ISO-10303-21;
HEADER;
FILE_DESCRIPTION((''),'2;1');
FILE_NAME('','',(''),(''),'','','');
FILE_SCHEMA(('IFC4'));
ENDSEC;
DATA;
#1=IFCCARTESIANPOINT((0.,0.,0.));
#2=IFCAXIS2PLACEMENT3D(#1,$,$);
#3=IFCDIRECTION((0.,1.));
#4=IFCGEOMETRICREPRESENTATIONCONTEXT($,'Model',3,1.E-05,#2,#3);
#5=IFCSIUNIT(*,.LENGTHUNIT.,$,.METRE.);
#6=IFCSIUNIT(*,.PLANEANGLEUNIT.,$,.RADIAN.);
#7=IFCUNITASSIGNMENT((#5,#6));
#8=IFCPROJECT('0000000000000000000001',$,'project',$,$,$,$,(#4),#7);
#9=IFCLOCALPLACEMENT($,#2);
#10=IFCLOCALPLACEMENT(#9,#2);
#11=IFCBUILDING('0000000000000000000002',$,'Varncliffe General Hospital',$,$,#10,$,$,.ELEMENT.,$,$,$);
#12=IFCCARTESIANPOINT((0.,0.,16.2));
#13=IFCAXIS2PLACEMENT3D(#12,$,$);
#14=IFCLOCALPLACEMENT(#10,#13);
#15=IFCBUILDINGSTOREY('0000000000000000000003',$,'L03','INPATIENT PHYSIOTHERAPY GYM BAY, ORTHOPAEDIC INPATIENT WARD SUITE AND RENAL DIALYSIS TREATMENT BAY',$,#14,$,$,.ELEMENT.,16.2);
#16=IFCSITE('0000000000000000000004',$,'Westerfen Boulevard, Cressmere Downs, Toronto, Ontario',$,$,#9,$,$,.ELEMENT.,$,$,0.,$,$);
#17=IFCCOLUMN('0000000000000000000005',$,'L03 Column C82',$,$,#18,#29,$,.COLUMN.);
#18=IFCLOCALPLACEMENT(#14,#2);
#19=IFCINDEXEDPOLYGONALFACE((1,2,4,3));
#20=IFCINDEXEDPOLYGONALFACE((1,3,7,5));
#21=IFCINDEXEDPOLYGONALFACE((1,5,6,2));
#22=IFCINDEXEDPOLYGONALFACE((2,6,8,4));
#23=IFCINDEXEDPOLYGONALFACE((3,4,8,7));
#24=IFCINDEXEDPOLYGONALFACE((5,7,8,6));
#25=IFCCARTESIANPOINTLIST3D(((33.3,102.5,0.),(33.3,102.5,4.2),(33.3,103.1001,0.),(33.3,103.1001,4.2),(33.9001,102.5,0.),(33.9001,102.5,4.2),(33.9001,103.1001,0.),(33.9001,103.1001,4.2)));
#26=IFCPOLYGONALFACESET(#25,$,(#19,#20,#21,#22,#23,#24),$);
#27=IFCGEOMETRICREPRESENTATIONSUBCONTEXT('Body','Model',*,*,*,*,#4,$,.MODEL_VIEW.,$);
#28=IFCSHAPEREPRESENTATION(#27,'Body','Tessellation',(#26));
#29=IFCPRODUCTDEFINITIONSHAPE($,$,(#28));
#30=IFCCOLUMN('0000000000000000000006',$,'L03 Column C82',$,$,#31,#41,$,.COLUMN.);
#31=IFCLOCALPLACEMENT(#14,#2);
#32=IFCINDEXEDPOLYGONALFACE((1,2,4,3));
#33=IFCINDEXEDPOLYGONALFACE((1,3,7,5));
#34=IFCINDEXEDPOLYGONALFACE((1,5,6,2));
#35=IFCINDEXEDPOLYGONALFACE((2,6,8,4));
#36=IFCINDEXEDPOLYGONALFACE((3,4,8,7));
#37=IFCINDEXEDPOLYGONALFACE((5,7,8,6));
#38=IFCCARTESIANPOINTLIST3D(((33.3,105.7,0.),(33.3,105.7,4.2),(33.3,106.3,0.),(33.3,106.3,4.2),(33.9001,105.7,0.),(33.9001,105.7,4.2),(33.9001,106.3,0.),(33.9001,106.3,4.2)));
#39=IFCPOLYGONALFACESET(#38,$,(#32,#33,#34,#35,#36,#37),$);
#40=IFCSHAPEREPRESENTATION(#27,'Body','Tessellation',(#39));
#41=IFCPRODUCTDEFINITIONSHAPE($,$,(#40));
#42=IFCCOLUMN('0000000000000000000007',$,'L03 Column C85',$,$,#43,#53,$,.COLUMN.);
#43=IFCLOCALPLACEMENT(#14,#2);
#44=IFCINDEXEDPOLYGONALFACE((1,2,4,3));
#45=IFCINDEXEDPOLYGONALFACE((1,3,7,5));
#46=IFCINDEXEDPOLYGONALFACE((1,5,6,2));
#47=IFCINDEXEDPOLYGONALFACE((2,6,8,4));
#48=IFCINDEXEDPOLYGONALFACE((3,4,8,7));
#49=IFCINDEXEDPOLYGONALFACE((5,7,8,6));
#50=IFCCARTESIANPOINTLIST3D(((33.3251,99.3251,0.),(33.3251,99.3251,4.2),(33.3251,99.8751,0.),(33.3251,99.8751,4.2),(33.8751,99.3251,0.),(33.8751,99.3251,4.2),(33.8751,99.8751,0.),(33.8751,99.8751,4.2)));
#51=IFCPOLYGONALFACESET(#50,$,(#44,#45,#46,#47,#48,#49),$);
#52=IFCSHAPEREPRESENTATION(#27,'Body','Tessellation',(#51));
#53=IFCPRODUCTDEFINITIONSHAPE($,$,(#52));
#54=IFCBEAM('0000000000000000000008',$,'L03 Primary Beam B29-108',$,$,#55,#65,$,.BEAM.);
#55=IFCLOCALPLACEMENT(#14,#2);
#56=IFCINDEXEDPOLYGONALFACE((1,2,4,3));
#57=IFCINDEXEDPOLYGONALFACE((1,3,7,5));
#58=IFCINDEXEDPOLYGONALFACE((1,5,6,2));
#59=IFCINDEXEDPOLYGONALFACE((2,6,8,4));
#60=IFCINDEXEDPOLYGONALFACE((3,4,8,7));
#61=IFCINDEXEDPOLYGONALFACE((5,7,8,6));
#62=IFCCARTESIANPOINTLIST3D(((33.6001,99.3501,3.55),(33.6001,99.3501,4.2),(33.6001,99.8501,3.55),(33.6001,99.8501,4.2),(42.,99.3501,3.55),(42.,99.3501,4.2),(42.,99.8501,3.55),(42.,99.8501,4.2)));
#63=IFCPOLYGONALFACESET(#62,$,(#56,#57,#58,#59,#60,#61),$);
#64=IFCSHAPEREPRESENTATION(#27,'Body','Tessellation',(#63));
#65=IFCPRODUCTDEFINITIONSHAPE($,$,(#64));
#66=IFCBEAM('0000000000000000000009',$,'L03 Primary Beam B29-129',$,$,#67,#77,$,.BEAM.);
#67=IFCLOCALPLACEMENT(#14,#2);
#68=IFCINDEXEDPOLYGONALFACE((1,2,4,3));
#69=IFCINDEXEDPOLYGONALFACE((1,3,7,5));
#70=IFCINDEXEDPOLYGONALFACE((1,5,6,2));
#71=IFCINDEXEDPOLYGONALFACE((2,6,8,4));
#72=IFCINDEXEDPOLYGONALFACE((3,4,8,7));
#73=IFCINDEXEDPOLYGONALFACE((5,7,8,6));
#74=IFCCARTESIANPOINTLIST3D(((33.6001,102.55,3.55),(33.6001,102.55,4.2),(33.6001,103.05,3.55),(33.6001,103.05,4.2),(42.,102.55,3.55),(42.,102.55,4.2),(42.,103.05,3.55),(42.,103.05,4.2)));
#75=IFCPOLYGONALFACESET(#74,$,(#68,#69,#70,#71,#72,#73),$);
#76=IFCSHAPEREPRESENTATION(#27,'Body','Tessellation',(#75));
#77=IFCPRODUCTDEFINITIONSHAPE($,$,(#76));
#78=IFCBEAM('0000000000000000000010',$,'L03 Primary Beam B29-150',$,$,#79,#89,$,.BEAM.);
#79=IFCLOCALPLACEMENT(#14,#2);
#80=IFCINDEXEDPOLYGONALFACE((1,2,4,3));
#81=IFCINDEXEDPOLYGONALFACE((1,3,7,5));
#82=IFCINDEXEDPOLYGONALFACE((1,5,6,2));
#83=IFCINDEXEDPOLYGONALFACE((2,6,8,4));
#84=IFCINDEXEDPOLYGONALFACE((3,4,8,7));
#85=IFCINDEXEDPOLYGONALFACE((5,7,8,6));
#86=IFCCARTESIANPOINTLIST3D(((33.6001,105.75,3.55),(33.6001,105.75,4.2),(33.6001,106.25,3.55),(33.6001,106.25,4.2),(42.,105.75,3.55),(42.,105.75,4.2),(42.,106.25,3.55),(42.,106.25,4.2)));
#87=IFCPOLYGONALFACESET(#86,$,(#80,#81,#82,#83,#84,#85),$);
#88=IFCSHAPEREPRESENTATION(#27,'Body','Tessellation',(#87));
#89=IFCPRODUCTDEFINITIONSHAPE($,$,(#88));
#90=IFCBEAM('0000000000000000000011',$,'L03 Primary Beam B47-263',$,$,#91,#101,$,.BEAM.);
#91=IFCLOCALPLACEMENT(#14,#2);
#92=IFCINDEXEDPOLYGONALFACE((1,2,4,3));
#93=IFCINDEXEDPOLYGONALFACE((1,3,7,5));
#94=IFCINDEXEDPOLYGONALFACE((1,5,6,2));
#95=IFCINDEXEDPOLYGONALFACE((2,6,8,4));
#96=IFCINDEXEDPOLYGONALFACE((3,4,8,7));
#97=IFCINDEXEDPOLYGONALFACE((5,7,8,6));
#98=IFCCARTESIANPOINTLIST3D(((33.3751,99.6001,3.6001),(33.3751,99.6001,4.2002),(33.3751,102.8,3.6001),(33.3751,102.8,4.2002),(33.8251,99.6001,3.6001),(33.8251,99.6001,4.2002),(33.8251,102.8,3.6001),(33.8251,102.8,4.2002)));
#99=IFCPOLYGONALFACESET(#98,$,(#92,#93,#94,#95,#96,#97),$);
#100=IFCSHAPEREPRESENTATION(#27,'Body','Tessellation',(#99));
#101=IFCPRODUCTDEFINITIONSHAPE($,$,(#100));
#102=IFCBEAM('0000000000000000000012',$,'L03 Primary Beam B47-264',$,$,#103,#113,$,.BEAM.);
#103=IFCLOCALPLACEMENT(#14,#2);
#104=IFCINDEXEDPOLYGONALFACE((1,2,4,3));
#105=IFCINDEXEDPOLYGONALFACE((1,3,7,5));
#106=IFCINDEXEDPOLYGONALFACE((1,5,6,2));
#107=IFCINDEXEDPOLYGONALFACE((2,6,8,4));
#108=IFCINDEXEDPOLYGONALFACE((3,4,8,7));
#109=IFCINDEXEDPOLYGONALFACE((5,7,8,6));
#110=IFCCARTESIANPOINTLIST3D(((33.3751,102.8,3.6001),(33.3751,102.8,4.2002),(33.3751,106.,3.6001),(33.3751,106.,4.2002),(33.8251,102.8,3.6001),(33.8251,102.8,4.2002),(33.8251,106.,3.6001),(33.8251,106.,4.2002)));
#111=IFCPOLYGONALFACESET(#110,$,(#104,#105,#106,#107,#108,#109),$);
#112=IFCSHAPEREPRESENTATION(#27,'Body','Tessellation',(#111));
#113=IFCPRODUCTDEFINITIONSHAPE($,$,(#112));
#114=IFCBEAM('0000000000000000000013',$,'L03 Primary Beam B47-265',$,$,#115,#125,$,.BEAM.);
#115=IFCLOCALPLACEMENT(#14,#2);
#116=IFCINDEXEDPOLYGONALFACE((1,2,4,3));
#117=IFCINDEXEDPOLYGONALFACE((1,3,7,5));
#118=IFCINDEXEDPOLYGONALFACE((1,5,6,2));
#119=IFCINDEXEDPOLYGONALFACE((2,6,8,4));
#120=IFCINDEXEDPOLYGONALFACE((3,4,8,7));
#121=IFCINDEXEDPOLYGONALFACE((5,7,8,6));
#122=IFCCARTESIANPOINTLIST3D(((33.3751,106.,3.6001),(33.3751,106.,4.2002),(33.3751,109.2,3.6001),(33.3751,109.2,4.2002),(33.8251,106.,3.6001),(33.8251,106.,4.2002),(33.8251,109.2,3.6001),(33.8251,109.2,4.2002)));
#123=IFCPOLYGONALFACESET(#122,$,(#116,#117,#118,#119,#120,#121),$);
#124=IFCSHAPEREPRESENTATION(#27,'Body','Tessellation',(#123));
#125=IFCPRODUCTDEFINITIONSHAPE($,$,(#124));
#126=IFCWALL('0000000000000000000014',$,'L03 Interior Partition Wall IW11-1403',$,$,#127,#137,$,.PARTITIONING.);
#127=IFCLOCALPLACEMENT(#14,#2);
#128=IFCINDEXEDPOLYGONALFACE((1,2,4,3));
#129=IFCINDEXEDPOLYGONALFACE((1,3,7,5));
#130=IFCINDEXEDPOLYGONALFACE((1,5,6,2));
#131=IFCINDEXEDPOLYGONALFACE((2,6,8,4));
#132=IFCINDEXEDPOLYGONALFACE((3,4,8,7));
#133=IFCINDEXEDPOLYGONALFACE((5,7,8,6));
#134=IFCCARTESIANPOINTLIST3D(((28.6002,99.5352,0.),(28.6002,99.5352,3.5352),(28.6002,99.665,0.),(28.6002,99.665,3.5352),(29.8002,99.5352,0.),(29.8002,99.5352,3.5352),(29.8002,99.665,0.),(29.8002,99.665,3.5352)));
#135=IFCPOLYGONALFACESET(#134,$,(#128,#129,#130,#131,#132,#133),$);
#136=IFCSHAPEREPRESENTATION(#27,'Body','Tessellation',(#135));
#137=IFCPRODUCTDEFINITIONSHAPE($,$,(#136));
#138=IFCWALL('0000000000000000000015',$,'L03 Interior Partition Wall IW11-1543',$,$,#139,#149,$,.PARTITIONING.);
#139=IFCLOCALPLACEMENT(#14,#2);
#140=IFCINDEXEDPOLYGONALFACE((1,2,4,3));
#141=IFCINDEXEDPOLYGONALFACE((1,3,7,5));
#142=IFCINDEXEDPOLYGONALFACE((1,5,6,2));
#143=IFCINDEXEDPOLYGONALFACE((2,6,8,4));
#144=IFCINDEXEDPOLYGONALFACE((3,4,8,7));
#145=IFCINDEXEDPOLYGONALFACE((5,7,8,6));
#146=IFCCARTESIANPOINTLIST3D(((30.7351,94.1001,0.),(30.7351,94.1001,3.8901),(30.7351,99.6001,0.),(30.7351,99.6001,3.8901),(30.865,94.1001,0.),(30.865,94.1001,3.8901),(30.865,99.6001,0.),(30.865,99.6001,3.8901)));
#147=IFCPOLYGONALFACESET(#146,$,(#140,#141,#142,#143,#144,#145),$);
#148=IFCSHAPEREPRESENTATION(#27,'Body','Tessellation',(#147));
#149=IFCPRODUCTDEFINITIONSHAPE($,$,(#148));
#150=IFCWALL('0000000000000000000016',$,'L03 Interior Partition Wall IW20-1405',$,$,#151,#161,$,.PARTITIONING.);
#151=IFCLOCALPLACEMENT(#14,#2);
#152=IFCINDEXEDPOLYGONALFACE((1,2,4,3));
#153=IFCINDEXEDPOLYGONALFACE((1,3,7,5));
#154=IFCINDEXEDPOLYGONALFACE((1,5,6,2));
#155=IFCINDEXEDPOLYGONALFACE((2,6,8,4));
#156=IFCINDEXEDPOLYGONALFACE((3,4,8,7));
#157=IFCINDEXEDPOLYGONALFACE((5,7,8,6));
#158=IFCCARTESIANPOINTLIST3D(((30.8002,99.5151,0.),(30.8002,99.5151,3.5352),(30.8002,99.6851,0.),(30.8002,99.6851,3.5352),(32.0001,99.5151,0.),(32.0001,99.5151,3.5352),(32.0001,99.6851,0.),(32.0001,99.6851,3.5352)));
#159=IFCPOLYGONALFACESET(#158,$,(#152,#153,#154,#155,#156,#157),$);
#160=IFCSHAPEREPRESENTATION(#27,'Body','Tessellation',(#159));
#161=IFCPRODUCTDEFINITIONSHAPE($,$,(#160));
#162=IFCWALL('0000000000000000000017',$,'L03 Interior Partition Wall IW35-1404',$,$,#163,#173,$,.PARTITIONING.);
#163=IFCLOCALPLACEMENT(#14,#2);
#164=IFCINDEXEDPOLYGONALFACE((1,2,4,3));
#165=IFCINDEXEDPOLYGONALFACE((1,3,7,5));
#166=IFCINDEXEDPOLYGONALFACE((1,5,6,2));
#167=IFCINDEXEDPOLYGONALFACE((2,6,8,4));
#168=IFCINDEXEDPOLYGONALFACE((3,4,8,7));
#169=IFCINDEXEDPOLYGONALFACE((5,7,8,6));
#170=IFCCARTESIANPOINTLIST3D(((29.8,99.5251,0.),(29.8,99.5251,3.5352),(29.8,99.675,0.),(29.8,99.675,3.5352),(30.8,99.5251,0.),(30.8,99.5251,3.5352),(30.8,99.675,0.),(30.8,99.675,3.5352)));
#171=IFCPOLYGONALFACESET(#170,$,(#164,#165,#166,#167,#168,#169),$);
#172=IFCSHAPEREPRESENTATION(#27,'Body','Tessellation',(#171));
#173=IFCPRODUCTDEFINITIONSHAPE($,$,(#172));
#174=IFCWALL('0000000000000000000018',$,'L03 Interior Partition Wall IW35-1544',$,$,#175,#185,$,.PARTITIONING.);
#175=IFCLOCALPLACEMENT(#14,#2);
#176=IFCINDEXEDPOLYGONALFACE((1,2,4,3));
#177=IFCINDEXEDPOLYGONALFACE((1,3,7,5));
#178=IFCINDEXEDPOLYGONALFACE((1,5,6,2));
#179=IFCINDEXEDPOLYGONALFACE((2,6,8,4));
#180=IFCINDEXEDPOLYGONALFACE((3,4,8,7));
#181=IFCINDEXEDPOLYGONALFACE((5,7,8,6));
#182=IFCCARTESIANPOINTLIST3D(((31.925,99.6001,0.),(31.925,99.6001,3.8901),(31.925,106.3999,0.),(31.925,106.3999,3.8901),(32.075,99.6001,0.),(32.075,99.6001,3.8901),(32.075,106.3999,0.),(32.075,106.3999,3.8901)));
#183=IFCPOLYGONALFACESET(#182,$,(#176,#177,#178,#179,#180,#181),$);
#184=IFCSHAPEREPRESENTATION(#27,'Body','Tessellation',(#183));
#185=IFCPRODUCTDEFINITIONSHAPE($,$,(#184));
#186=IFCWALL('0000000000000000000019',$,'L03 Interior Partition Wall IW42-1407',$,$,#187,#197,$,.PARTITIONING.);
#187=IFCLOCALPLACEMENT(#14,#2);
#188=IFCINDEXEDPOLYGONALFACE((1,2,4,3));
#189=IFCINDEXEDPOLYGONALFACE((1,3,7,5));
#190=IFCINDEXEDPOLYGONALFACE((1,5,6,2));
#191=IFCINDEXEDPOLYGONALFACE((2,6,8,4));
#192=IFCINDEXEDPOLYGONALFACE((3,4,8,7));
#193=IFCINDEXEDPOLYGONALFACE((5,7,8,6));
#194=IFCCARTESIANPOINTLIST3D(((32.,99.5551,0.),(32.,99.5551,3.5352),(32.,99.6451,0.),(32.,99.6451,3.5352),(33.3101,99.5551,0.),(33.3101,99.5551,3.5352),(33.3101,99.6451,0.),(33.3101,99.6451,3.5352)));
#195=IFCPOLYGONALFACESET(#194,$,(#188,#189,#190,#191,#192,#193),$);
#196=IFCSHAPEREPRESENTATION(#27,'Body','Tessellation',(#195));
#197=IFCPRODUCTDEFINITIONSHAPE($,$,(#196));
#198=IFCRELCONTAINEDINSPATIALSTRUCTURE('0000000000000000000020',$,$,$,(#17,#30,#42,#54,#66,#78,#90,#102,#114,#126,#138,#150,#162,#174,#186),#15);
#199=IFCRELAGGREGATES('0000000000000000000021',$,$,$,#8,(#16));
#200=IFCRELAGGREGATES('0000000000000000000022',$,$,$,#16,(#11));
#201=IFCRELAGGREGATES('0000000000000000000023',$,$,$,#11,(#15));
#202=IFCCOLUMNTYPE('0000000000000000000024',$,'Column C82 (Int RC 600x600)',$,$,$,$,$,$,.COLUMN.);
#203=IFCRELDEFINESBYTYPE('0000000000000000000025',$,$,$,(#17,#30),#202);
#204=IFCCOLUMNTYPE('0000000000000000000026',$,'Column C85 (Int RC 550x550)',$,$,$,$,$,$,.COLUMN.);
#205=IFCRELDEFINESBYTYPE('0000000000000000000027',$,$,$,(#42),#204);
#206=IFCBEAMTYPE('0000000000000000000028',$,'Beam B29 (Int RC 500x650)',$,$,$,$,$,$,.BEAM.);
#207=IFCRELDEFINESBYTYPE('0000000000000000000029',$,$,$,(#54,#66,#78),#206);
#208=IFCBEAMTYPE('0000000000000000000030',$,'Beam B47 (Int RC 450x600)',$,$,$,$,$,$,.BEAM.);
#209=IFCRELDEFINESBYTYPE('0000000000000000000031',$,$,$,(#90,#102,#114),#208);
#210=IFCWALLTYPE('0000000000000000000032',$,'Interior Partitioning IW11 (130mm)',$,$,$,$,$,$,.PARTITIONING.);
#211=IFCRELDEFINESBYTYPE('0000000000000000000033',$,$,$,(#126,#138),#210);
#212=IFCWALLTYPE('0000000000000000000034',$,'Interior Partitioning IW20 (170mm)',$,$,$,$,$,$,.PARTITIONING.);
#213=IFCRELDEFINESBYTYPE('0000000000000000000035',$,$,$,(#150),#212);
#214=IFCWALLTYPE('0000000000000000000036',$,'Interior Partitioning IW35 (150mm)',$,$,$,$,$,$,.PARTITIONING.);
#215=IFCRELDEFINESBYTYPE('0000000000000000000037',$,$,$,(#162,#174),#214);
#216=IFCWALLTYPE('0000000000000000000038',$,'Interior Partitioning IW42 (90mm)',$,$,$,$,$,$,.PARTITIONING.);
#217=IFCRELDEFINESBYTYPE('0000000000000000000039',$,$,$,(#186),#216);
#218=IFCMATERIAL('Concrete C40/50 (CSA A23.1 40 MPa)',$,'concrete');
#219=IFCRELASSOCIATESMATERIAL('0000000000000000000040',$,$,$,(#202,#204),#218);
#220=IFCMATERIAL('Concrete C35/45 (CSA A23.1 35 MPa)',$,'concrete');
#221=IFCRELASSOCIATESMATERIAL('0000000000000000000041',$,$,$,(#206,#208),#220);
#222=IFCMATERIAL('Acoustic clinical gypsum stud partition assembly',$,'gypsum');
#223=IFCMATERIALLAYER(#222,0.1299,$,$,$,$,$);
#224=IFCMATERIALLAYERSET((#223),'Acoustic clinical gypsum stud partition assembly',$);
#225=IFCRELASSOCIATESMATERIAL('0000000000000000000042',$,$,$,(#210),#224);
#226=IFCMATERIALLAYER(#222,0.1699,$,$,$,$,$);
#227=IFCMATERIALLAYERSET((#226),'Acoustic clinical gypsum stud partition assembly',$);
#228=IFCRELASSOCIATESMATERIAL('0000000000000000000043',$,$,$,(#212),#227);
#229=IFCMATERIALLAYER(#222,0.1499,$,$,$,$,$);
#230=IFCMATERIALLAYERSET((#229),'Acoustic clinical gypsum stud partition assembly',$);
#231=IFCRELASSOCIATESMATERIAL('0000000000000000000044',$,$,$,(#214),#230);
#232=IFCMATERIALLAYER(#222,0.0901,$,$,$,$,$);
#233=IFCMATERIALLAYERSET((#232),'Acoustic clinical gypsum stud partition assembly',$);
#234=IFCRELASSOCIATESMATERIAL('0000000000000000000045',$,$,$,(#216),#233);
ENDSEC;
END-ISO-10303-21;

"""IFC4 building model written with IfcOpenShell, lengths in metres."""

from ifc_helpers import new_model, si_unit, direction, frame, frame_2d, origin, origin_2d, place, context, subcontext, project, spatial, rectangle, extrude, material, layer, layer_set, material_profile, profile_set, type_object, element, save


model = new_model("IFC4")

# Units and contexts
model_context = context("Model", 3, precision=1e-05, world=origin(), true_north=direction((0.0, 1.0)))
body_context = subcontext(model_context, "Body", "Model", "MODEL_VIEW")
ifc_project = project(units=[si_unit("LENGTHUNIT", "METRE"), si_unit("PLANEANGLEUNIT", "RADIAN")], contexts=[model_context])

# Site, building, storey
site_placement = place(None, origin())
site = spatial("IfcSite", under=ifc_project, at=site_placement, Name="Westerfen Boulevard, Cressmere Downs, Toronto, Ontario", CompositionType="ELEMENT", RefElevation=0.0)
building_placement = place(site_placement, origin())
building = spatial("IfcBuilding", under=site, at=building_placement, Name="Varncliffe General Hospital", CompositionType="ELEMENT")
storey_placement = place(building_placement, frame((0.0, 0.0, 16.2)))
storey = spatial("IfcBuildingStorey", under=building, at=storey_placement, Name="L03", Description="INPATIENT PHYSIOTHERAPY GYM BAY, ORTHOPAEDIC INPATIENT WARD SUITE AND RENAL DIALYSIS TREATMENT BAY", CompositionType="ELEMENT", Elevation=16.2)

# Columns
ifc_material_1 = material(Name="Concrete C40/50 (CSA A23.1 40 MPa)", Category="concrete")
ifc_material_profile_1 = material_profile(ifc_material_1, rectangle(XDim=0.6001, YDim=0.6001, at=origin_2d()), Name="RC 600x600")
ifc_profile_set_1 = profile_set([ifc_material_profile_1], Name="Concrete C40/50 (CSA A23.1 40 MPa)")
column_type_1 = type_object("IfcColumnType", Name="Column C82 (Int RC 600x600)", PredefinedType="COLUMN", material=ifc_profile_set_1)
for number, where, z_axis, x_axis, name in (
    (1, (33.6001, 102.8, 0.0), (0.0, 0.0, 1.0), (1.0, 0.0, 0.0), "L03 Column C82"),
    (2, (33.6001, 106.0, 0.0), (0.0, 0.0, 1.0), (1.0, 0.0, 0.0), "L03 Column C82"),
):
    element("IfcColumn", number, at=place(storey_placement, frame(where, z_axis=z_axis, x_axis=x_axis)), inside=storey, type_object=column_type_1, Name=name, PredefinedType="COLUMN", context=body_context, shape_type="SweptSolid", body=[
        extrude(rectangle(XDim=0.6001, YDim=0.6001, at=origin_2d()), origin(), (0.0, 0.0, 1.0), 4.2),
    ])
ifc_material_profile_2 = material_profile(ifc_material_1, rectangle(XDim=0.55, YDim=0.55, at=origin_2d()), Name="RC 550x550")
ifc_profile_set_2 = profile_set([ifc_material_profile_2], Name="Concrete C40/50 (CSA A23.1 40 MPa)")
column_type_2 = type_object("IfcColumnType", Name="Column C85 (Int RC 550x550)", PredefinedType="COLUMN", material=ifc_profile_set_2)
column_placement = place(storey_placement, frame((33.6001, 99.6001, 0.0), z_axis=(0.0, 0.0, 1.0), x_axis=(1.0, 0.0, 0.0)))
element("IfcColumn", 3, at=column_placement, inside=storey, type_object=column_type_2, Name="L03 Column C85", PredefinedType="COLUMN", context=body_context, shape_type="SweptSolid", body=[
    extrude(rectangle(XDim=0.55, YDim=0.55, at=origin_2d()), origin(), (0.0, 0.0, 1.0), 4.2),
])

# Beams
ifc_material_2 = material(Name="Concrete C35/45 (CSA A23.1 35 MPa)", Category="concrete")
ifc_material_profile_3 = material_profile(ifc_material_2, rectangle(XDim=0.5, YDim=0.6499, at=origin_2d()), Name="RC 500x650")
ifc_profile_set_3 = profile_set([ifc_material_profile_3], Name="Concrete C35/45 (CSA A23.1 35 MPa)")
beam_type_1 = type_object("IfcBeamType", Name="Beam B29 (Int RC 500x650)", PredefinedType="BEAM", material=ifc_profile_set_3)
for number, where, z_axis, x_axis, name in (
    (4, (33.6001, 99.6001, 3.875), (1.0, 0.0, 0.0), (0.0, 1.0, 0.0), "L03 Primary Beam B29-108"),
    (5, (33.6001, 102.8, 3.875), (1.0, 0.0, 0.0), (0.0, 1.0, 0.0), "L03 Primary Beam B29-129"),
    (6, (33.6001, 106.0, 3.875), (1.0, 0.0, 0.0), (0.0, 1.0, 0.0), "L03 Primary Beam B29-150"),
):
    element("IfcBeam", number, at=place(storey_placement, frame(where, z_axis=z_axis, x_axis=x_axis)), inside=storey, type_object=beam_type_1, Name=name, PredefinedType="BEAM", context=body_context, shape_type="SweptSolid", body=[
        extrude(rectangle(XDim=0.5, YDim=0.6499, at=origin_2d()), origin(), (0.0, 0.0, 1.0), 8.3999),
    ])
ifc_material_profile_4 = material_profile(ifc_material_2, rectangle(XDim=0.45, YDim=0.6001, at=origin_2d()), Name="RC 450x600")
ifc_profile_set_4 = profile_set([ifc_material_profile_4], Name="Concrete C35/45 (CSA A23.1 35 MPa)")
beam_type_2 = type_object("IfcBeamType", Name="Beam B47 (Int RC 450x600)", PredefinedType="BEAM", material=ifc_profile_set_4)
for number, where, z_axis, x_axis, name in (
    (7, (33.6001, 99.6001, 3.9001), (0.0, 1.0, 0.0), (-1.0, 0.0, 0.0), "L03 Primary Beam B47-263"),
    (8, (33.6001, 102.8, 3.9001), (0.0, 1.0, 0.0), (-1.0, 0.0, 0.0), "L03 Primary Beam B47-264"),
    (9, (33.6001, 106.0, 3.9001), (0.0, 1.0, 0.0), (-1.0, 0.0, 0.0), "L03 Primary Beam B47-265"),
):
    element("IfcBeam", number, at=place(storey_placement, frame(where, z_axis=z_axis, x_axis=x_axis)), inside=storey, type_object=beam_type_2, Name=name, PredefinedType="BEAM", context=body_context, shape_type="SweptSolid", body=[
        extrude(rectangle(XDim=0.45, YDim=0.6001, at=origin_2d()), origin(), (0.0, 0.0, 1.0), 3.2),
    ])

# Walls
ifc_material_3 = material(Name="Acoustic clinical gypsum stud partition assembly", Category="gypsum")
ifc_layer_1 = layer(ifc_material_3, 0.1299)
ifc_layer_set_1 = layer_set([ifc_layer_1], Name="Acoustic clinical gypsum stud partition assembly")
wall_type_1 = type_object("IfcWallType", Name="Interior Partitioning IW11 (130mm)", PredefinedType="PARTITIONING", material=ifc_layer_set_1)
wall_1_placement = place(storey_placement, frame((28.6001, 99.6001, 0.0), z_axis=(0.0, 0.0, 1.0), x_axis=(1.0, 0.0, 0.0)))
element("IfcWall", 10, at=wall_1_placement, inside=storey, type_object=wall_type_1, Name="L03 Interior Partition Wall IW11-1403", PredefinedType="PARTITIONING", context=body_context, shape_type="SweptSolid", body=[
    extrude(rectangle(XDim=1.2, YDim=0.1299, at=frame_2d((0.6001, 0.0))), origin(), (0.0, 0.0, 1.0), 3.5352),
])
wall_2_placement = place(storey_placement, frame((30.8, 94.1001, 0.0), z_axis=(0.0, 0.0, 1.0), x_axis=(0.0, 1.0, 0.0)))
element("IfcWall", 11, at=wall_2_placement, inside=storey, type_object=wall_type_1, Name="L03 Interior Partition Wall IW11-1543", PredefinedType="PARTITIONING", context=body_context, shape_type="SweptSolid", body=[
    extrude(rectangle(XDim=5.5, YDim=0.1299, at=frame_2d((2.75, 0.0))), origin(), (0.0, 0.0, 1.0), 3.8901),
])
ifc_layer_2 = layer(ifc_material_3, 0.1699)
ifc_layer_set_2 = layer_set([ifc_layer_2], Name="Acoustic clinical gypsum stud partition assembly")
wall_type_2 = type_object("IfcWallType", Name="Interior Partitioning IW20 (170mm)", PredefinedType="PARTITIONING", material=ifc_layer_set_2)
wall_3_placement = place(storey_placement, frame((30.8, 99.6001, 0.0), z_axis=(0.0, 0.0, 1.0), x_axis=(1.0, 0.0, 0.0)))
element("IfcWall", 12, at=wall_3_placement, inside=storey, type_object=wall_type_2, Name="L03 Interior Partition Wall IW20-1405", PredefinedType="PARTITIONING", context=body_context, shape_type="SweptSolid", body=[
    extrude(rectangle(XDim=1.2, YDim=0.1699, at=frame_2d((0.6001, 0.0))), origin(), (0.0, 0.0, 1.0), 3.5352),
])
ifc_layer_3 = layer(ifc_material_3, 0.1499)
ifc_layer_set_3 = layer_set([ifc_layer_3], Name="Acoustic clinical gypsum stud partition assembly")
wall_type_3 = type_object("IfcWallType", Name="Interior Partitioning IW35 (150mm)", PredefinedType="PARTITIONING", material=ifc_layer_set_3)
wall_4_placement = place(storey_placement, frame((29.8, 99.6001, 0.0), z_axis=(0.0, 0.0, 1.0), x_axis=(1.0, 0.0, 0.0)))
element("IfcWall", 13, at=wall_4_placement, inside=storey, type_object=wall_type_3, Name="L03 Interior Partition Wall IW35-1404", PredefinedType="PARTITIONING", context=body_context, shape_type="SweptSolid", body=[
    extrude(rectangle(XDim=1.0, YDim=0.1499, at=frame_2d((0.5, 0.0))), origin(), (0.0, 0.0, 1.0), 3.5352),
])
wall_5_placement = place(storey_placement, frame((32.0, 99.6001, 0.0), z_axis=(0.0, 0.0, 1.0), x_axis=(0.0, 1.0, 0.0)))
element("IfcWall", 14, at=wall_5_placement, inside=storey, type_object=wall_type_3, Name="L03 Interior Partition Wall IW35-1544", PredefinedType="PARTITIONING", context=body_context, shape_type="SweptSolid", body=[
    extrude(rectangle(XDim=6.7998, YDim=0.1499, at=frame_2d((3.3999, 0.0))), origin(), (0.0, 0.0, 1.0), 3.8901),
])
ifc_layer_4 = layer(ifc_material_3, 0.0901)
ifc_layer_set_4 = layer_set([ifc_layer_4], Name="Acoustic clinical gypsum stud partition assembly")
wall_type_4 = type_object("IfcWallType", Name="Interior Partitioning IW42 (90mm)", PredefinedType="PARTITIONING", material=ifc_layer_set_4)
wall_6_placement = place(storey_placement, frame((32.0, 99.6001, 0.0), z_axis=(0.0, 0.0, 1.0), x_axis=(1.0, 0.0, 0.0)))
element("IfcWall", 15, at=wall_6_placement, inside=storey, type_object=wall_type_4, Name="L03 Interior Partition Wall IW42-1407", PredefinedType="PARTITIONING", context=body_context, shape_type="SweptSolid", body=[
    extrude(rectangle(XDim=1.3101, YDim=0.0901, at=frame_2d((0.655, 0.0))), origin(), (0.0, 0.0, 1.0), 3.5352),
])

save(model, "model.ifc")
